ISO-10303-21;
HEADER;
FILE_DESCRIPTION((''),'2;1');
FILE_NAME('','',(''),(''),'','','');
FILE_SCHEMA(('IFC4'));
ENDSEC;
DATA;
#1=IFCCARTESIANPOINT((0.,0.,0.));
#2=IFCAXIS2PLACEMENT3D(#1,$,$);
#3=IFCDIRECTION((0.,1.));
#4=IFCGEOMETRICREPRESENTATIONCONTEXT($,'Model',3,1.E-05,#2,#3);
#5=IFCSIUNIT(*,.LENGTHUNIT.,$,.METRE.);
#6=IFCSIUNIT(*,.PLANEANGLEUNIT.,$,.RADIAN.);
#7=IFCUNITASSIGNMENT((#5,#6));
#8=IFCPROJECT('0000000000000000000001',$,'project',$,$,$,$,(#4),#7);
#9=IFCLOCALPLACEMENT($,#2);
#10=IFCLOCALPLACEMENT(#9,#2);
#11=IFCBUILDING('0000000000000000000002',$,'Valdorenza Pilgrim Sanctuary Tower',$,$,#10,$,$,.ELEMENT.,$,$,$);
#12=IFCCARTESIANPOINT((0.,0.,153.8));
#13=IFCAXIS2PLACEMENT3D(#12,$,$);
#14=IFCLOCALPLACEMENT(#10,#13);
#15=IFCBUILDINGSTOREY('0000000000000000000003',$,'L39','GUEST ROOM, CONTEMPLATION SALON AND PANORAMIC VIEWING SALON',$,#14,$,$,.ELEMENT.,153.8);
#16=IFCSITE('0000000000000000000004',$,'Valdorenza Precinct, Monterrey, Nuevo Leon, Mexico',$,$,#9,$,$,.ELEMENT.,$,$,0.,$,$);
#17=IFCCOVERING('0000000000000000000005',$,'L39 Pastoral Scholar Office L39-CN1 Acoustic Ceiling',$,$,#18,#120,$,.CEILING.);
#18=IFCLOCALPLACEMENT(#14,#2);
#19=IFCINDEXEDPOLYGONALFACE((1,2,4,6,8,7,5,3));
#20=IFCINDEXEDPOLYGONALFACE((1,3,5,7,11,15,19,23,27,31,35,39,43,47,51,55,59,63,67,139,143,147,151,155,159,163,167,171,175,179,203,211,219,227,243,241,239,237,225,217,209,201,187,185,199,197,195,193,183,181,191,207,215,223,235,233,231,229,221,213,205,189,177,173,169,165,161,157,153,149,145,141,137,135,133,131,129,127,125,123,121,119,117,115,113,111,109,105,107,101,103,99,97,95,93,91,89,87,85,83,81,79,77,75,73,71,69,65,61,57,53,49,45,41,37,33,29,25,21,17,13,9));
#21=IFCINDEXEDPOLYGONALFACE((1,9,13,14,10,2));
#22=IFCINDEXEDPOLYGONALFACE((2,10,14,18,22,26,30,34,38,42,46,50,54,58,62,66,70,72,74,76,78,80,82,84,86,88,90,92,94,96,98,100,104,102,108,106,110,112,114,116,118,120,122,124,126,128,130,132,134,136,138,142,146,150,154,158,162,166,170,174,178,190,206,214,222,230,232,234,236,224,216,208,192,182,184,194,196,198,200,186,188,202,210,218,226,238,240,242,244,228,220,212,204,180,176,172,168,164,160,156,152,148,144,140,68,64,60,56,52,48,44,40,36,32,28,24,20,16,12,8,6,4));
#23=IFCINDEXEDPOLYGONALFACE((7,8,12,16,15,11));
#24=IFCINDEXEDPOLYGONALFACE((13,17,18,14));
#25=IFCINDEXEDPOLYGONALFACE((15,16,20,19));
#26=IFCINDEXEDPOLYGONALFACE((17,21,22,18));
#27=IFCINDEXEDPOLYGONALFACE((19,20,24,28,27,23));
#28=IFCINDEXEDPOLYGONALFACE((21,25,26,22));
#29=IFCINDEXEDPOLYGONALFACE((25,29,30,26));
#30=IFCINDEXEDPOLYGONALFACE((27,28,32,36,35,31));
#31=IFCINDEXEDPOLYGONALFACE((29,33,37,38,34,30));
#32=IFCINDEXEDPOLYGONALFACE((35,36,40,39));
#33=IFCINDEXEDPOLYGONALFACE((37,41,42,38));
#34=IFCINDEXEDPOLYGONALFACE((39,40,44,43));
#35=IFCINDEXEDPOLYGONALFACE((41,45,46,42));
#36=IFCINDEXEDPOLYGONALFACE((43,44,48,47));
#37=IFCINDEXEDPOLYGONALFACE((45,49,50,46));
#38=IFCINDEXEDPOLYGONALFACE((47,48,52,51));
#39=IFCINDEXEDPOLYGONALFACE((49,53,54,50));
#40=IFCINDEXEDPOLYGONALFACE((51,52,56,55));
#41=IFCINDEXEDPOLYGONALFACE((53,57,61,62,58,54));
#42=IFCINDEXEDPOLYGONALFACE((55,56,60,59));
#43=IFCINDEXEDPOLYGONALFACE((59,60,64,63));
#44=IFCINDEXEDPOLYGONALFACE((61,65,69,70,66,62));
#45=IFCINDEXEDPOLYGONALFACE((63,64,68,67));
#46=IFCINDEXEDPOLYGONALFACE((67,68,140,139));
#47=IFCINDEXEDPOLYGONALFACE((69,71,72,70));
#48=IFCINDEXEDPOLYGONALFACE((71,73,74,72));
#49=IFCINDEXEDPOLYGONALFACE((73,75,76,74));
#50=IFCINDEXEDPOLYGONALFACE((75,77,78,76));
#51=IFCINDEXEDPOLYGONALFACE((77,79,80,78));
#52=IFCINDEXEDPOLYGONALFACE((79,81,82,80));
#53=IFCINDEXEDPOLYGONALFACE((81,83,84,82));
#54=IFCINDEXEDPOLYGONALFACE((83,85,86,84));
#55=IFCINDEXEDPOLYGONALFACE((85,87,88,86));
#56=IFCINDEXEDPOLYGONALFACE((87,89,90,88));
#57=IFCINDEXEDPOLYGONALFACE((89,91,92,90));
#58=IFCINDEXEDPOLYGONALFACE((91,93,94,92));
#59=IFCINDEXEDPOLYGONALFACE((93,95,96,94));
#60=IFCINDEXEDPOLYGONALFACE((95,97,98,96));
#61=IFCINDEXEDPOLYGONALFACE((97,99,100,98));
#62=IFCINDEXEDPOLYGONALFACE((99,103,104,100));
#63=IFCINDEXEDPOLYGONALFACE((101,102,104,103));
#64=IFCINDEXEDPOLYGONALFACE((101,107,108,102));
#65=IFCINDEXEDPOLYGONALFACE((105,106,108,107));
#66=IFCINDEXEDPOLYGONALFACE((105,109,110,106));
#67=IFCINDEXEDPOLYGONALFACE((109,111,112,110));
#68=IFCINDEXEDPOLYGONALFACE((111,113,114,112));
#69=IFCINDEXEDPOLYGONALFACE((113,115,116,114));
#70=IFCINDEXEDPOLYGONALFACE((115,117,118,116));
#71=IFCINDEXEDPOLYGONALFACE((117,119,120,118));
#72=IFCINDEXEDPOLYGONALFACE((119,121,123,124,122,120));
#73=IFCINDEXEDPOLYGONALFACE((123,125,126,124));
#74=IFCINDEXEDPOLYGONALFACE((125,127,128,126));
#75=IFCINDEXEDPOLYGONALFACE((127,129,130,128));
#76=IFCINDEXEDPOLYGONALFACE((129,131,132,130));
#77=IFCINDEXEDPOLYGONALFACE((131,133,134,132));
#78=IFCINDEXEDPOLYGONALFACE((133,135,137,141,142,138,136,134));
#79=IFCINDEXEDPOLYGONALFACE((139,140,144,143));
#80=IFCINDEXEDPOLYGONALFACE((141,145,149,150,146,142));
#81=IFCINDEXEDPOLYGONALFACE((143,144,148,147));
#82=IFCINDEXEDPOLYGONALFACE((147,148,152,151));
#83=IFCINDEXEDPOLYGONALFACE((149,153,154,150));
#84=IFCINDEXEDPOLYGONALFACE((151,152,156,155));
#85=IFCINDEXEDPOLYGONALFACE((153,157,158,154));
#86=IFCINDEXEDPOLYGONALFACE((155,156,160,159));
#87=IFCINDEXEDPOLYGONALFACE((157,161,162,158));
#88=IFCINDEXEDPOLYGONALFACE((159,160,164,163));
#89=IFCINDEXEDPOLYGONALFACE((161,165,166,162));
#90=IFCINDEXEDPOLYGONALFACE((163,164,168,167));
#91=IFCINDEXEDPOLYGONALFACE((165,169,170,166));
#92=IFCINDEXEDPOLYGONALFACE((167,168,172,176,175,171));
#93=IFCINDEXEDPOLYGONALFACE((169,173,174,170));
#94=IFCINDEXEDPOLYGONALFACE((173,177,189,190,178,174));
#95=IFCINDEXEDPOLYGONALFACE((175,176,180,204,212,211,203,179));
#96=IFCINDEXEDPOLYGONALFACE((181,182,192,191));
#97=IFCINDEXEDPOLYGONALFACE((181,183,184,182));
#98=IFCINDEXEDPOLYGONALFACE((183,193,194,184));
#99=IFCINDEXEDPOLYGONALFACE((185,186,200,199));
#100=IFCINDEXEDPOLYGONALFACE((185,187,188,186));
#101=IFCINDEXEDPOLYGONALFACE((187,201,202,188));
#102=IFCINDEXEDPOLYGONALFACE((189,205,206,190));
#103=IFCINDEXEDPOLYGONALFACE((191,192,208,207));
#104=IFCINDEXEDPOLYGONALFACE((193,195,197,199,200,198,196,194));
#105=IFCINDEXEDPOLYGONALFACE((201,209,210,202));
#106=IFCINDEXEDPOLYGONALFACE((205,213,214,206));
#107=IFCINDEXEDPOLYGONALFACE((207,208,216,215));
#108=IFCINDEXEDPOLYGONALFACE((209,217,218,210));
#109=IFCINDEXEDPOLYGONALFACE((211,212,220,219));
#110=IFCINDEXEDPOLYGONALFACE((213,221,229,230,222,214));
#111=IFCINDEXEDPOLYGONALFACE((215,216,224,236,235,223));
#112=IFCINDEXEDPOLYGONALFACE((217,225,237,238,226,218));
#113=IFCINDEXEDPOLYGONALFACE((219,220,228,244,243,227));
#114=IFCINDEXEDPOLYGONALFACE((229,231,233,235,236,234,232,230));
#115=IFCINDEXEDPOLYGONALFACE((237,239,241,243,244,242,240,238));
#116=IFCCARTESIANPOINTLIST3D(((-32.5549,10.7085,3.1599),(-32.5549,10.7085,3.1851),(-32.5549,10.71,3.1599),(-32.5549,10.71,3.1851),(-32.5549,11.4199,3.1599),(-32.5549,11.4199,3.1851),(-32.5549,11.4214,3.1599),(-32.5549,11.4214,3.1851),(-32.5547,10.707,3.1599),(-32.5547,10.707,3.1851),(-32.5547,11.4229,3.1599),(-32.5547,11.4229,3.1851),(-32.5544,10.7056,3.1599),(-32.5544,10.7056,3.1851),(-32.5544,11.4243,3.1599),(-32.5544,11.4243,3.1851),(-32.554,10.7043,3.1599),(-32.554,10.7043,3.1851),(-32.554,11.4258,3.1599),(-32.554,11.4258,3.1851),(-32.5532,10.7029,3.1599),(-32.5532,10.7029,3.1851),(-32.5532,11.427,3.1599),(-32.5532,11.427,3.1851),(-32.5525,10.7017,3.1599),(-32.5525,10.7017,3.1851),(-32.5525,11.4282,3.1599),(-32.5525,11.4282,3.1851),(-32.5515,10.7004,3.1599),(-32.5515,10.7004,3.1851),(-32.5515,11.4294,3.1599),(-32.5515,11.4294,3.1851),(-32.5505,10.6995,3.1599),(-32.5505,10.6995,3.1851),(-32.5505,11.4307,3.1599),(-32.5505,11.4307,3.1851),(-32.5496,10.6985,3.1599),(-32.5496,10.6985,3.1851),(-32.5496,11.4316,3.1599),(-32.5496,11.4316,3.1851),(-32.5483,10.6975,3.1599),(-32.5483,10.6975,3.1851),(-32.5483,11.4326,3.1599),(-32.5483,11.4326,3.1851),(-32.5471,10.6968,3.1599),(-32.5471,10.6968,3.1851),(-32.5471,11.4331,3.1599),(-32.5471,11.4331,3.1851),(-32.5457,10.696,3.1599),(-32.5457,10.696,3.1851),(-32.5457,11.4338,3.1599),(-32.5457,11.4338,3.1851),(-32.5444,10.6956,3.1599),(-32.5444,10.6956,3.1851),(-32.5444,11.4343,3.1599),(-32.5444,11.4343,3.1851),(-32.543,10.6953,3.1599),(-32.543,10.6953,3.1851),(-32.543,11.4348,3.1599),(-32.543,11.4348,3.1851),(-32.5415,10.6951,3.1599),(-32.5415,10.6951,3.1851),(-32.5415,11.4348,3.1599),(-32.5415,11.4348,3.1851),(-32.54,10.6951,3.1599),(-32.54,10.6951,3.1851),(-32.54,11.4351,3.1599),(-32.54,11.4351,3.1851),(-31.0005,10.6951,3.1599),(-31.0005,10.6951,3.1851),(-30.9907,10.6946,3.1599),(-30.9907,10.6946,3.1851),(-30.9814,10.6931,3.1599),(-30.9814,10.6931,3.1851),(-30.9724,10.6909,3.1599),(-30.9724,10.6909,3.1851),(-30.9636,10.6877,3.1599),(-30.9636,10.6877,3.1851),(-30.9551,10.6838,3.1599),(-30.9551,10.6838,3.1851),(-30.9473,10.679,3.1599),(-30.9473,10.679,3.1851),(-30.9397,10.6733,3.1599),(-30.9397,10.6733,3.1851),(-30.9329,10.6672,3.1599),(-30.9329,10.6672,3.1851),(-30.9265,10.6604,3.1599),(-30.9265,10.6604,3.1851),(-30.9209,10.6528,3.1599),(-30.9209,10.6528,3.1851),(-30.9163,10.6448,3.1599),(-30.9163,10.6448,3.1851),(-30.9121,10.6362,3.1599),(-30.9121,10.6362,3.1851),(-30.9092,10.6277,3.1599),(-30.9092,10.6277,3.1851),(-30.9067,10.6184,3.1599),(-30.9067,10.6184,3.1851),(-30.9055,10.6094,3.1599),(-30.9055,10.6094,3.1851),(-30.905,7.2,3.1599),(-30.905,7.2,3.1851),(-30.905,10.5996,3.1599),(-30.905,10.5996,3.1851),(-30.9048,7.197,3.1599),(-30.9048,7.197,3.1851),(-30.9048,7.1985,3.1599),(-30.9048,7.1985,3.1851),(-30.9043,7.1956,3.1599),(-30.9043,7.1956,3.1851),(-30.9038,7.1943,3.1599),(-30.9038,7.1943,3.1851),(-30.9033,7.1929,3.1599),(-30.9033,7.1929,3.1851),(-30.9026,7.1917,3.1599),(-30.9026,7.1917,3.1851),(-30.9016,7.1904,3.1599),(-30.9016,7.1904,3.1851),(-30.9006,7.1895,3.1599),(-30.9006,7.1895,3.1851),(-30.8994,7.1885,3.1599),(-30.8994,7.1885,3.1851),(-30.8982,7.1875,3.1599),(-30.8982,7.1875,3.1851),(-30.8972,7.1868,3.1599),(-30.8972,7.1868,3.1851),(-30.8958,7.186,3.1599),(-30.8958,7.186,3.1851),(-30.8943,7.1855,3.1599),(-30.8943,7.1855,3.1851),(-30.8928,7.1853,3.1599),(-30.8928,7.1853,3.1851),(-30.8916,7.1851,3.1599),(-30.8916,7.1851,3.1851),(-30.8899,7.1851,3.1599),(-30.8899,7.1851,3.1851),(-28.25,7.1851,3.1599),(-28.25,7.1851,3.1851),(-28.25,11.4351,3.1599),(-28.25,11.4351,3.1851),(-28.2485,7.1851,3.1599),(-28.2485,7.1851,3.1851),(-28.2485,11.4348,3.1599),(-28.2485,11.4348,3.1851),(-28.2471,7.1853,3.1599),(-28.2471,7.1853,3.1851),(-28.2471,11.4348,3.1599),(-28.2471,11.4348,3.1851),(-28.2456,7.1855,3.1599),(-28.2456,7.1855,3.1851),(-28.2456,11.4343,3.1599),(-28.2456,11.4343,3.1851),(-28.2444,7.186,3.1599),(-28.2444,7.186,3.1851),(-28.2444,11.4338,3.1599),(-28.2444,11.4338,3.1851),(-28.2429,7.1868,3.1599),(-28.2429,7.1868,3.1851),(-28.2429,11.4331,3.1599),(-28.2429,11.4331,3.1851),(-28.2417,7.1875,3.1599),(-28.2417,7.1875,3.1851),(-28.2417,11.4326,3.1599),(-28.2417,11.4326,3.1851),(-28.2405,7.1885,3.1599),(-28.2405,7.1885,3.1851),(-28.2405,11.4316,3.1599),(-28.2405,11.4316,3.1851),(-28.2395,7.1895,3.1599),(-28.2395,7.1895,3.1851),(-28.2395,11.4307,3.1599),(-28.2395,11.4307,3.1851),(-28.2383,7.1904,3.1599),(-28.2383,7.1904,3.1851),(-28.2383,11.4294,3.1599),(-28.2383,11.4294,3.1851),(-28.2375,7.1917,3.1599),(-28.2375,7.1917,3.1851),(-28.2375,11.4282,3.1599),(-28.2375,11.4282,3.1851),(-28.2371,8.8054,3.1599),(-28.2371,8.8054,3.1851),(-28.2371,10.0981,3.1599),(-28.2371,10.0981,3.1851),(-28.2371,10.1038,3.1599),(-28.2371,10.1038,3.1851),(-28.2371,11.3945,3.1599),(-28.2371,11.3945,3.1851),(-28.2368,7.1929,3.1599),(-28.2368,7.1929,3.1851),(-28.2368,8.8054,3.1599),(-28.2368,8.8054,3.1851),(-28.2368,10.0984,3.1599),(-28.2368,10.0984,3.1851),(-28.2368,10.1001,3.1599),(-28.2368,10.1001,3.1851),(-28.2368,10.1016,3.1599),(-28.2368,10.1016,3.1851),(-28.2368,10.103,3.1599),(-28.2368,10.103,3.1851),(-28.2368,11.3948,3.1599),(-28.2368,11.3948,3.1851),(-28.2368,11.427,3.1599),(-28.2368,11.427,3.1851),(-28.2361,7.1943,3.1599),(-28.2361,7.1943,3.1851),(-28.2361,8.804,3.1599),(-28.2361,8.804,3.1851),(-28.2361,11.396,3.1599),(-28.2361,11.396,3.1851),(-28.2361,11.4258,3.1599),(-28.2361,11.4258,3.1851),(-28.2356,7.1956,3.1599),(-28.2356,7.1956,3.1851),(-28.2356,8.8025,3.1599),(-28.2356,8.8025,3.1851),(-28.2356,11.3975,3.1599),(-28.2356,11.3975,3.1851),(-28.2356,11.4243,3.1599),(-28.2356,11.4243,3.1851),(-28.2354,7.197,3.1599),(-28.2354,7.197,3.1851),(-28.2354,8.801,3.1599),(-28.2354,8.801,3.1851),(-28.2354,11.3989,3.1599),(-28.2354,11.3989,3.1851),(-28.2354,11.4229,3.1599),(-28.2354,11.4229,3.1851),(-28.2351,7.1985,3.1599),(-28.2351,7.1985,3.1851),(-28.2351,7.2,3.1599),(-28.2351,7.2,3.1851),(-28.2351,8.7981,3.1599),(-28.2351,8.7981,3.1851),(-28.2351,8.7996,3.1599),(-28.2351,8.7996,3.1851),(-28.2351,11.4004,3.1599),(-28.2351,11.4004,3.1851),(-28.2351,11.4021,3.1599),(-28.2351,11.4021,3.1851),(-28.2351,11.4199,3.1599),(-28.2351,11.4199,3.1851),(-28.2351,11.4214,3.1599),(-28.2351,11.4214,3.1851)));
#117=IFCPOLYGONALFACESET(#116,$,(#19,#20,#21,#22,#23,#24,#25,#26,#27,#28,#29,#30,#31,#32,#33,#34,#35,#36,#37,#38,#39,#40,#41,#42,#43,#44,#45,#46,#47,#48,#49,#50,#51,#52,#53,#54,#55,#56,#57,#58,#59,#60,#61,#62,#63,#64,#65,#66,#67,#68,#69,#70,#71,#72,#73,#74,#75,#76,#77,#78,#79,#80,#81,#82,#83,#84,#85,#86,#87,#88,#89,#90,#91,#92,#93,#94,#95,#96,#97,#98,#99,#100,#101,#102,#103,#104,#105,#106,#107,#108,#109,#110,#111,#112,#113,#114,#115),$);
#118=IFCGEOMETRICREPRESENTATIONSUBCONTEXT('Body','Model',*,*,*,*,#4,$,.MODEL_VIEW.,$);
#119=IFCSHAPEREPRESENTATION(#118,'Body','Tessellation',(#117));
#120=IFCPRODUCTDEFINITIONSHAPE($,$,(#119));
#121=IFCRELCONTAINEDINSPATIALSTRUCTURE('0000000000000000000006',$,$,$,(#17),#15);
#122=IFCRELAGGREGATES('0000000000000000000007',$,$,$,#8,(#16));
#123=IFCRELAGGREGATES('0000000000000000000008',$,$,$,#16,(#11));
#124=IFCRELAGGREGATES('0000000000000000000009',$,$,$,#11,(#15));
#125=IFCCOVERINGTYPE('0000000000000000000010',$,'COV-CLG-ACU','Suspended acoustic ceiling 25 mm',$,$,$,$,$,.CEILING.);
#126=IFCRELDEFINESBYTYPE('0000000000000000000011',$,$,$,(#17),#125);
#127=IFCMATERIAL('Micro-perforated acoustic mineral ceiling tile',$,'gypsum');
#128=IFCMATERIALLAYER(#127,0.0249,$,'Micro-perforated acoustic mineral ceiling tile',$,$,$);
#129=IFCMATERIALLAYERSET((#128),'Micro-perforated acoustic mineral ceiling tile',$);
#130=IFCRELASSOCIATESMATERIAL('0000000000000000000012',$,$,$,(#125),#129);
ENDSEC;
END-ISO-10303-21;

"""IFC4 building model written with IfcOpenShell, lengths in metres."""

from ifc_helpers import new_model, si_unit, direction, frame, origin, place, context, subcontext, project, spatial, polyline, outline, extrude, material, layer, layer_set, type_object, element, save


model = new_model("IFC4")

# Units and contexts
model_context = context("Model", 3, precision=1e-05, world=origin(), true_north=direction((0.0, 1.0)))
body_context = subcontext(model_context, "Body", "Model", "MODEL_VIEW")
ifc_project = project(units=[si_unit("LENGTHUNIT", "METRE"), si_unit("PLANEANGLEUNIT", "RADIAN")], contexts=[model_context])

# Site, building, storey
site_placement = place(None, origin())
site = spatial("IfcSite", under=ifc_project, at=site_placement, Name="Valdorenza Precinct, Monterrey, Nuevo Leon, Mexico", CompositionType="ELEMENT", RefElevation=0.0)
building_placement = place(site_placement, origin())
building = spatial("IfcBuilding", under=site, at=building_placement, Name="Valdorenza Pilgrim Sanctuary Tower", CompositionType="ELEMENT")
storey_placement = place(building_placement, frame((0.0, 0.0, 153.8)))
storey = spatial("IfcBuildingStorey", under=building, at=storey_placement, Name="L39", Description="GUEST ROOM, CONTEMPLATION SALON AND PANORAMIC VIEWING SALON", CompositionType="ELEMENT", Elevation=153.8)

# Covering
ifc_material_1 = material(Name="Micro-perforated acoustic mineral ceiling tile", Category="gypsum")
ifc_layer_1 = layer(ifc_material_1, 0.0249, Name="Micro-perforated acoustic mineral ceiling tile")
ifc_layer_set_1 = layer_set([ifc_layer_1], Name="Micro-perforated acoustic mineral ceiling tile")
covering_type_1 = type_object("IfcCoveringType", Name="COV-CLG-ACU", Description="Suspended acoustic ceiling 25 mm", PredefinedType="CEILING", material=ifc_layer_set_1)
covering_1_placement = place(storey_placement, frame((0.0, 0.0, 3.1599)))
element("IfcCovering", 1, at=covering_1_placement, inside=storey, type_object=covering_type_1, Name="L39 Pastoral Scholar Office L39-CN1 Acoustic Ceiling", PredefinedType="CEILING", context=body_context, shape_type="SweptSolid", body=[
    extrude(outline(polyline([(-28.2371, 8.8054), (-28.2368, 8.8054), (-28.2361, 8.804), (-28.2356, 8.8025), (-28.2354, 8.801), (-28.2351, 8.7996), (-28.2351, 8.7981), (-28.2351, 7.2), (-28.2351, 7.1985), (-28.2354, 7.197), (-28.2356, 7.1956), (-28.2361, 7.1943), (-28.2368, 7.1929), (-28.2375, 7.1917), (-28.2383, 7.1904), (-28.2395, 7.1895), (-28.2405, 7.1885), (-28.2417, 7.1875), (-28.2429, 7.1868), (-28.2444, 7.186), (-28.2456, 7.1855), (-28.2471, 7.1853), (-28.2485, 7.1851), (-28.25, 7.1851), (-30.8899, 7.1851), (-30.8916, 7.1851), (-30.8928, 7.1853), (-30.8943, 7.1855), (-30.8958, 7.186), (-30.8972, 7.1868), (-30.8982, 7.1875), (-30.8994, 7.1885), (-30.9006, 7.1895), (-30.9016, 7.1904), (-30.9026, 7.1917), (-30.9033, 7.1929), (-30.9038, 7.1943), (-30.9043, 7.1956), (-30.9048, 7.197), (-30.9048, 7.1985), (-30.905, 7.2), (-30.905, 10.5996), (-30.9055, 10.6094), (-30.9067, 10.6184), (-30.9092, 10.6277), (-30.9121, 10.6362), (-30.9163, 10.6448), (-30.9209, 10.6528), (-30.9265, 10.6604), (-30.9329, 10.6672), (-30.9397, 10.6733), (-30.9473, 10.679), (-30.9551, 10.6838), (-30.9636, 10.6877), (-30.9724, 10.6909), (-30.9814, 10.6931), (-30.9907, 10.6946), (-31.0005, 10.6951), (-32.54, 10.6951), (-32.5415, 10.6951), (-32.543, 10.6953), (-32.5444, 10.6956), (-32.5457, 10.696), (-32.5471, 10.6968), (-32.5483, 10.6975), (-32.5496, 10.6985), (-32.5505, 10.6995), (-32.5515, 10.7004), (-32.5525, 10.7017), (-32.5532, 10.7029), (-32.554, 10.7043), (-32.5544, 10.7056), (-32.5547, 10.707), (-32.5549, 10.7085), (-32.5549, 10.71), (-32.5549, 11.4199), (-32.5549, 11.4214), (-32.5547, 11.4229), (-32.5544, 11.4243), (-32.554, 11.4258), (-32.5532, 11.427), (-32.5525, 11.4282), (-32.5515, 11.4294), (-32.5505, 11.4307), (-32.5496, 11.4316), (-32.5483, 11.4326), (-32.5471, 11.4331), (-32.5457, 11.4338), (-32.5444, 11.4343), (-32.543, 11.4348), (-32.5415, 11.4348), (-32.54, 11.4351), (-28.25, 11.4351), (-28.2485, 11.4348), (-28.2471, 11.4348), (-28.2456, 11.4343), (-28.2444, 11.4338), (-28.2429, 11.4331), (-28.2417, 11.4326), (-28.2405, 11.4316), (-28.2395, 11.4307), (-28.2383, 11.4294), (-28.2375, 11.4282), (-28.2368, 11.427), (-28.2361, 11.4258), (-28.2356, 11.4243), (-28.2354, 11.4229), (-28.2351, 11.4214), (-28.2351, 11.4199), (-28.2351, 11.4021), (-28.2351, 11.4004), (-28.2354, 11.3989), (-28.2356, 11.3975), (-28.2361, 11.396), (-28.2368, 11.3948), (-28.2371, 11.3945), (-28.2371, 10.1038), (-28.2368, 10.103), (-28.2368, 10.1016), (-28.2368, 10.1001), (-28.2368, 10.0984), (-28.2371, 10.0981), (-28.2371, 8.8054)])), origin(), (0.0, 0.0, 1.0), 0.0251),
])

save(model, "model.ifc")
